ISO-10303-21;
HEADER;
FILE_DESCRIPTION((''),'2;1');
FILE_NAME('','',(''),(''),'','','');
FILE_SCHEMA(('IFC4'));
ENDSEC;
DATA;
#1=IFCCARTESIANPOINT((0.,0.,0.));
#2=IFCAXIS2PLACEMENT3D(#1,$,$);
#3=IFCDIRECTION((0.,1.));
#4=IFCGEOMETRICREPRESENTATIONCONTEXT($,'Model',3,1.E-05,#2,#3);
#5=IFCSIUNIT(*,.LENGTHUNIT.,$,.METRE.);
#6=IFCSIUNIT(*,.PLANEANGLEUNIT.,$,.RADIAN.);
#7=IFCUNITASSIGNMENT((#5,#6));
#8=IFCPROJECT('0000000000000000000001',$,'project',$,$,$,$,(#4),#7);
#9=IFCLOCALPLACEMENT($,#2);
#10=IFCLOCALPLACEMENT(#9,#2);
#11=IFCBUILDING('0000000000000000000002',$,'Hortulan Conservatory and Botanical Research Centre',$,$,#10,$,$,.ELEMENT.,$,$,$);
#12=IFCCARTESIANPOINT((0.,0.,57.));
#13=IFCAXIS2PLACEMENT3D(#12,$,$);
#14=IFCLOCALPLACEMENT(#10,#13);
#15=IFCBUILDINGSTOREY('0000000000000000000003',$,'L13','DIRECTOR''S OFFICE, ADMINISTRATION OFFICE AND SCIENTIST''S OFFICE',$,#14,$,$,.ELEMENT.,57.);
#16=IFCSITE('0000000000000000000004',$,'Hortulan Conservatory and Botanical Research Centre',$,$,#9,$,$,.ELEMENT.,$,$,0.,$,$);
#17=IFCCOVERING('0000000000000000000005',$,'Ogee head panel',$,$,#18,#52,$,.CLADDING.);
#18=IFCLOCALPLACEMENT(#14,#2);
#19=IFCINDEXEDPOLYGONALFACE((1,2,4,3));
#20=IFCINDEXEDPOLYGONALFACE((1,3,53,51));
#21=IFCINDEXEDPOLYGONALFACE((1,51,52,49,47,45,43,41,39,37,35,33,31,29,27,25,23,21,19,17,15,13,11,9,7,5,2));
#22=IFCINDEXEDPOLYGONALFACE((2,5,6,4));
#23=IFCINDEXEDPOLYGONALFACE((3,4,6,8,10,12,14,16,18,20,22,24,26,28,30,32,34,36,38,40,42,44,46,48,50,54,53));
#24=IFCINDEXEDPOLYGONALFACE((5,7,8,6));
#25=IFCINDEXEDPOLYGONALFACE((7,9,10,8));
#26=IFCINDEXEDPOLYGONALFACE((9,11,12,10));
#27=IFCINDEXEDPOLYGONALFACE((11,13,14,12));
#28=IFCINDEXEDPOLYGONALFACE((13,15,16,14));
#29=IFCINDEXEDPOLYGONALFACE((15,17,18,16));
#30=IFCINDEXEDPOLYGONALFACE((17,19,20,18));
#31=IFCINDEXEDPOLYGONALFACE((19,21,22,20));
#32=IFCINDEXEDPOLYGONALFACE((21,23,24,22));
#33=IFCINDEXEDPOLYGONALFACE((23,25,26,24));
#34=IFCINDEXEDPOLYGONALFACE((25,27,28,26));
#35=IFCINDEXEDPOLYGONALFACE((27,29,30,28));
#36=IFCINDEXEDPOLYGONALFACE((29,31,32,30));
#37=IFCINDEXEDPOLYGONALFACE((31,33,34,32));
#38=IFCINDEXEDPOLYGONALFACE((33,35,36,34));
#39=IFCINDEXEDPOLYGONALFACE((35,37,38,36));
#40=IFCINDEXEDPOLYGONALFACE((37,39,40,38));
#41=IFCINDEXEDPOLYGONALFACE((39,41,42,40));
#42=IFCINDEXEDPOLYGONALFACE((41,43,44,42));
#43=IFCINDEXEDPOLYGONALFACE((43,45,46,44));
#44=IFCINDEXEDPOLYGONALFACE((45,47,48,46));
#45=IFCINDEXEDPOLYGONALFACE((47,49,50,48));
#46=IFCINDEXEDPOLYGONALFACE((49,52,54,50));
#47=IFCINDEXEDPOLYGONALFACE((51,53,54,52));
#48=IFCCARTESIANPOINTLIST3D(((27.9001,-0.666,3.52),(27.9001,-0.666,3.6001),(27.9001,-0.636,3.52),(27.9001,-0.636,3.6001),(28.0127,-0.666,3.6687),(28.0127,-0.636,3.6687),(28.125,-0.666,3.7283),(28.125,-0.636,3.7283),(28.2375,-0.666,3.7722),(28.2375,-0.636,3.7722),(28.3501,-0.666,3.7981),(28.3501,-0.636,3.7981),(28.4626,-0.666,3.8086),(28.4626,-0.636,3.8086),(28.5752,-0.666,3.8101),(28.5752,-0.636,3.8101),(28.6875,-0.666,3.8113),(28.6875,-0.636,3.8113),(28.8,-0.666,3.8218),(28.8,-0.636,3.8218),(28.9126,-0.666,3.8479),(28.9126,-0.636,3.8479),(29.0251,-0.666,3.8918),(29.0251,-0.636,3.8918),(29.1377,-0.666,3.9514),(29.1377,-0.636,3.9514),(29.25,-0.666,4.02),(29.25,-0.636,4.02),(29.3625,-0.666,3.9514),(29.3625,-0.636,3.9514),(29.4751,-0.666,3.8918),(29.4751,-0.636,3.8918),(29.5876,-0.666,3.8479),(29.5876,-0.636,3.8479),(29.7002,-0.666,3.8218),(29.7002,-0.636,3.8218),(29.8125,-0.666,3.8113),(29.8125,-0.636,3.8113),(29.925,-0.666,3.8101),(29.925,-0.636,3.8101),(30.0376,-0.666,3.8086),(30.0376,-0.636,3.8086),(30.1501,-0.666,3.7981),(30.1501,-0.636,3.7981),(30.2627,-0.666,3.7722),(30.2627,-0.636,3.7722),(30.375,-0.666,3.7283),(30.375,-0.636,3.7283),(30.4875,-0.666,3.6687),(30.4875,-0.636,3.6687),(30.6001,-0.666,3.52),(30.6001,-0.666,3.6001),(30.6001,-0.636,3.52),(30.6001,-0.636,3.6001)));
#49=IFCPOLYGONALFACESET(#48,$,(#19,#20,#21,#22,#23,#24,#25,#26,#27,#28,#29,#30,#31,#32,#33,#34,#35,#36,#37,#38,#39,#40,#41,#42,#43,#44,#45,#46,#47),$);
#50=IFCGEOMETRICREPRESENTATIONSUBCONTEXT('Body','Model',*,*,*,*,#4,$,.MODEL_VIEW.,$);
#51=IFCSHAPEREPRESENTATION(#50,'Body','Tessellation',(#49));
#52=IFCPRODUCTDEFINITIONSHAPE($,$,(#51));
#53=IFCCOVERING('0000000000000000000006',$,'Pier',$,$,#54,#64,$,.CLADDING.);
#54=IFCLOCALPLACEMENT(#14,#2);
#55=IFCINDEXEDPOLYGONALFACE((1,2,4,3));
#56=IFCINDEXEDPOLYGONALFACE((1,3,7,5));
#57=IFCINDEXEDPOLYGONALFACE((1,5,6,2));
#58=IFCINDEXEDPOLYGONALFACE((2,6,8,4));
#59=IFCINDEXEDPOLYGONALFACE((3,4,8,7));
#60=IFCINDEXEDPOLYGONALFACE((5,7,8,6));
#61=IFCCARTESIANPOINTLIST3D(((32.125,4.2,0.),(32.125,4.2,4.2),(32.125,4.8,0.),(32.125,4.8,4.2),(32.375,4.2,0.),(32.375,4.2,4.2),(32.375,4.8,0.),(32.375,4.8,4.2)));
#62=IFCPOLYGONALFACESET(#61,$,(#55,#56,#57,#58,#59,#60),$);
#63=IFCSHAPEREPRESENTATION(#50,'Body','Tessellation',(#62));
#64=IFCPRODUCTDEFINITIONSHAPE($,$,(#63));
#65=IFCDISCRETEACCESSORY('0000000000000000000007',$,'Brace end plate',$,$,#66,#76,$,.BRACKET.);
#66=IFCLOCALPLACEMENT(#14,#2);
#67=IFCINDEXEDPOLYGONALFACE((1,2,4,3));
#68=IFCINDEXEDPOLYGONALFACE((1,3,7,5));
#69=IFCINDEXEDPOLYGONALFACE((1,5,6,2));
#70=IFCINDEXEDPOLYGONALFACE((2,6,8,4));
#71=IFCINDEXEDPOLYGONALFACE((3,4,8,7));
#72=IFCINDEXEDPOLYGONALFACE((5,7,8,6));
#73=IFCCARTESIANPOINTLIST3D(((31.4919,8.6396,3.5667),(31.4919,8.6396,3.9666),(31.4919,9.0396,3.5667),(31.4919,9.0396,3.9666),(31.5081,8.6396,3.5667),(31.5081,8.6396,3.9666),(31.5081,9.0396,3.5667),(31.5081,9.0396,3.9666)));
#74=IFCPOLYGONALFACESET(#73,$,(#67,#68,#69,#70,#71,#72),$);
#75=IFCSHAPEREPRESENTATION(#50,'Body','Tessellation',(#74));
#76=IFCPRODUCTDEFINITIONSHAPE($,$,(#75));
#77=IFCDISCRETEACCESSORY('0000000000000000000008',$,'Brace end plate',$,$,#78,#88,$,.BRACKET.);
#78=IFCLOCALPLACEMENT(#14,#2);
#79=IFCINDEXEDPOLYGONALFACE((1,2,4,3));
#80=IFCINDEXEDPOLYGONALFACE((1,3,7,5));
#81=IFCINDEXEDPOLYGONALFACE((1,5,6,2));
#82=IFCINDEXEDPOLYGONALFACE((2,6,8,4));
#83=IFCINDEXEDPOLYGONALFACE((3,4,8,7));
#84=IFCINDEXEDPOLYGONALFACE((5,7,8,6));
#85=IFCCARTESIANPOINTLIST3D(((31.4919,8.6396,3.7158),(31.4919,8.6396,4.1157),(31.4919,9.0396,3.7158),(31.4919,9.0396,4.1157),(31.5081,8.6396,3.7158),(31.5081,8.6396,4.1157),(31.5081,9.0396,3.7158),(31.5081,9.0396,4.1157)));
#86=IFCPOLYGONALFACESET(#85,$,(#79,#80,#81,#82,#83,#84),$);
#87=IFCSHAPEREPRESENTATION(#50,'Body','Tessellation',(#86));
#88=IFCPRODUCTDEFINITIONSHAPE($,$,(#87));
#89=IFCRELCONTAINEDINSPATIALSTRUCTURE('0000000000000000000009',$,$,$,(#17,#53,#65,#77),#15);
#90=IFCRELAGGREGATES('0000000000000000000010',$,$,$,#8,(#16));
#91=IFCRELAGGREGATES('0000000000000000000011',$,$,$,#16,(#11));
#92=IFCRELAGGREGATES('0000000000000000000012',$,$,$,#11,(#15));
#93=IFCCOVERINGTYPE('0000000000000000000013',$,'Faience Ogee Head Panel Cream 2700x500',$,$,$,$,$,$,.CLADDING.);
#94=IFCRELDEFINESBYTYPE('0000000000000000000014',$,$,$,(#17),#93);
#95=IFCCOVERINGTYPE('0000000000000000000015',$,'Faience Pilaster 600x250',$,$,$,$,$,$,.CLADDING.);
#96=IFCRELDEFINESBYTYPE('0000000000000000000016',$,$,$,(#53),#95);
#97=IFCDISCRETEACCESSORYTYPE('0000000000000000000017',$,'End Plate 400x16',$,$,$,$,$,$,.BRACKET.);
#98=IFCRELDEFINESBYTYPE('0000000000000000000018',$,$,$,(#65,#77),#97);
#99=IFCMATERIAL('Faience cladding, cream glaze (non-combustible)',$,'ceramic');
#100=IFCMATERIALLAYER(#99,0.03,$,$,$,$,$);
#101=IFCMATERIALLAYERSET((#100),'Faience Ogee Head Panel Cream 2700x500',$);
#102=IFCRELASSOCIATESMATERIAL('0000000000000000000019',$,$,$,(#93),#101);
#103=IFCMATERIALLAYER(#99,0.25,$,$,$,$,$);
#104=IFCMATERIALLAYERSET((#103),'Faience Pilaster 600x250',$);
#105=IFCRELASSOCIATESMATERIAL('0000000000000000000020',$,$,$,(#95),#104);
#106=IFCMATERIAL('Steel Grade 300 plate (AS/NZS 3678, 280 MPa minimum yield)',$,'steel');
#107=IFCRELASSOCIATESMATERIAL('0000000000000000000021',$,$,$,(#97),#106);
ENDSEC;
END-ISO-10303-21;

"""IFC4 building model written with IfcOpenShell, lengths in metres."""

from ifc_helpers import new_model, si_unit, direction, frame, origin, origin_2d, place, context, subcontext, project, spatial, polyline, rectangle, outline, extrude, material, layer, layer_set, type_object, element, save


model = new_model("IFC4")

# Units and contexts
model_context = context("Model", 3, precision=1e-05, world=origin(), true_north=direction((0.0, 1.0)))
body_context = subcontext(model_context, "Body", "Model", "MODEL_VIEW")
ifc_project = project(units=[si_unit("LENGTHUNIT", "METRE"), si_unit("PLANEANGLEUNIT", "RADIAN")], contexts=[model_context])

# Site, building, storey
site_placement = place(None, origin())
site = spatial("IfcSite", under=ifc_project, at=site_placement, Name="Hortulan Conservatory and Botanical Research Centre", CompositionType="ELEMENT", RefElevation=0.0)
building_placement = place(site_placement, origin())
building = spatial("IfcBuilding", under=site, at=building_placement, Name="Hortulan Conservatory and Botanical Research Centre", CompositionType="ELEMENT")
storey_placement = place(building_placement, frame((0.0, 0.0, 57.0)))
storey = spatial("IfcBuildingStorey", under=building, at=storey_placement, Name="L13", Description="DIRECTOR'S OFFICE, ADMINISTRATION OFFICE AND SCIENTIST'S OFFICE", CompositionType="ELEMENT", Elevation=57.0)

# Coverings
ifc_material_1 = material(Name="Faience cladding, cream glaze (non-combustible)", Category="ceramic")
ifc_layer_1 = layer(ifc_material_1, 0.03)
ifc_layer_set_1 = layer_set([ifc_layer_1], Name="Faience Ogee Head Panel Cream 2700x500")
covering_type_1 = type_object("IfcCoveringType", Name="Faience Ogee Head Panel Cream 2700x500", PredefinedType="CLADDING", material=ifc_layer_set_1)
covering_1_placement = place(storey_placement, frame((30.6001, -0.6509, 3.52), z_axis=(0.0, 0.0, 1.0), x_axis=(-1.0, 0.0, 0.0)))
element("IfcCovering", 1, at=covering_1_placement, inside=storey, type_object=covering_type_1, Name="Ogee head panel", PredefinedType="CLADDING", context=body_context, shape_type="SweptSolid", body=[
    extrude(outline(polyline([(0.0, 0.0), (2.7, 0.0), (2.7, 0.0801), (2.5874, 0.1487), (2.4751, 0.2083), (2.3625, 0.2522), (2.25, 0.2781), (2.1375, 0.2886), (2.0249, 0.29), (1.9126, 0.2913), (1.8, 0.3018), (1.6875, 0.3279), (1.575, 0.3718), (1.4624, 0.4314), (1.3501, 0.5), (1.2375, 0.4314), (1.125, 0.3718), (1.0125, 0.3279), (0.8999, 0.3018), (0.7876, 0.2913), (0.675, 0.29), (0.5625, 0.2886), (0.45, 0.2781), (0.3374, 0.2522), (0.2251, 0.2083), (0.1125, 0.1487), (0.0, 0.0801), (0.0, 0.0)])), frame((0.0, 0.0151, 0.0), z_axis=(0.0, -1.0, 0.0), x_axis=(1.0, 0.0, 0.0)), (0.0, 0.0, 1.0), 0.03),
])
ifc_layer_2 = layer(ifc_material_1, 0.25)
ifc_layer_set_2 = layer_set([ifc_layer_2], Name="Faience Pilaster 600x250")
covering_type_2 = type_object("IfcCoveringType", Name="Faience Pilaster 600x250", PredefinedType="CLADDING", material=ifc_layer_set_2)
covering_2_placement = place(storey_placement, frame((32.25, 4.5, 0.0), z_axis=(0.0, 0.0, 1.0), x_axis=(0.0, 1.0, 0.0)))
element("IfcCovering", 2, at=covering_2_placement, inside=storey, type_object=covering_type_2, Name="Pier", PredefinedType="CLADDING", context=body_context, shape_type="SweptSolid", body=[
    extrude(rectangle(XDim=0.6001, YDim=0.25, at=origin_2d()), origin(), (0.0, 0.0, 1.0), 4.2),
])

# Discrete accessories
ifc_material_2 = material(Name="Steel Grade 300 plate (AS/NZS 3678, 280 MPa minimum yield)", Category="steel")
discrete_accessory_type = type_object("IfcDiscreteAccessoryType", Name="End Plate 400x16", PredefinedType="BRACKET", material=ifc_material_2)
for number, where, z_axis, x_axis, name in (
    (3, (31.5, 8.8396, 3.5667), (0.0, 0.0, 1.0), (0.0, -1.0, 0.0), "Brace end plate"),
    (4, (31.5, 8.8396, 3.7158), (0.0, 0.0, 1.0), (0.0, -1.0, 0.0), "Brace end plate"),
):
    element("IfcDiscreteAccessory", number, at=place(storey_placement, frame(where, z_axis=z_axis, x_axis=x_axis)), inside=storey, type_object=discrete_accessory_type, Name=name, PredefinedType="BRACKET", context=body_context, shape_type="SweptSolid", body=[
        extrude(rectangle(XDim=0.3999, YDim=0.0161, at=origin_2d()), origin(), (0.0, 0.0, 1.0), 0.3999),
    ])

save(model, "model.ifc")
